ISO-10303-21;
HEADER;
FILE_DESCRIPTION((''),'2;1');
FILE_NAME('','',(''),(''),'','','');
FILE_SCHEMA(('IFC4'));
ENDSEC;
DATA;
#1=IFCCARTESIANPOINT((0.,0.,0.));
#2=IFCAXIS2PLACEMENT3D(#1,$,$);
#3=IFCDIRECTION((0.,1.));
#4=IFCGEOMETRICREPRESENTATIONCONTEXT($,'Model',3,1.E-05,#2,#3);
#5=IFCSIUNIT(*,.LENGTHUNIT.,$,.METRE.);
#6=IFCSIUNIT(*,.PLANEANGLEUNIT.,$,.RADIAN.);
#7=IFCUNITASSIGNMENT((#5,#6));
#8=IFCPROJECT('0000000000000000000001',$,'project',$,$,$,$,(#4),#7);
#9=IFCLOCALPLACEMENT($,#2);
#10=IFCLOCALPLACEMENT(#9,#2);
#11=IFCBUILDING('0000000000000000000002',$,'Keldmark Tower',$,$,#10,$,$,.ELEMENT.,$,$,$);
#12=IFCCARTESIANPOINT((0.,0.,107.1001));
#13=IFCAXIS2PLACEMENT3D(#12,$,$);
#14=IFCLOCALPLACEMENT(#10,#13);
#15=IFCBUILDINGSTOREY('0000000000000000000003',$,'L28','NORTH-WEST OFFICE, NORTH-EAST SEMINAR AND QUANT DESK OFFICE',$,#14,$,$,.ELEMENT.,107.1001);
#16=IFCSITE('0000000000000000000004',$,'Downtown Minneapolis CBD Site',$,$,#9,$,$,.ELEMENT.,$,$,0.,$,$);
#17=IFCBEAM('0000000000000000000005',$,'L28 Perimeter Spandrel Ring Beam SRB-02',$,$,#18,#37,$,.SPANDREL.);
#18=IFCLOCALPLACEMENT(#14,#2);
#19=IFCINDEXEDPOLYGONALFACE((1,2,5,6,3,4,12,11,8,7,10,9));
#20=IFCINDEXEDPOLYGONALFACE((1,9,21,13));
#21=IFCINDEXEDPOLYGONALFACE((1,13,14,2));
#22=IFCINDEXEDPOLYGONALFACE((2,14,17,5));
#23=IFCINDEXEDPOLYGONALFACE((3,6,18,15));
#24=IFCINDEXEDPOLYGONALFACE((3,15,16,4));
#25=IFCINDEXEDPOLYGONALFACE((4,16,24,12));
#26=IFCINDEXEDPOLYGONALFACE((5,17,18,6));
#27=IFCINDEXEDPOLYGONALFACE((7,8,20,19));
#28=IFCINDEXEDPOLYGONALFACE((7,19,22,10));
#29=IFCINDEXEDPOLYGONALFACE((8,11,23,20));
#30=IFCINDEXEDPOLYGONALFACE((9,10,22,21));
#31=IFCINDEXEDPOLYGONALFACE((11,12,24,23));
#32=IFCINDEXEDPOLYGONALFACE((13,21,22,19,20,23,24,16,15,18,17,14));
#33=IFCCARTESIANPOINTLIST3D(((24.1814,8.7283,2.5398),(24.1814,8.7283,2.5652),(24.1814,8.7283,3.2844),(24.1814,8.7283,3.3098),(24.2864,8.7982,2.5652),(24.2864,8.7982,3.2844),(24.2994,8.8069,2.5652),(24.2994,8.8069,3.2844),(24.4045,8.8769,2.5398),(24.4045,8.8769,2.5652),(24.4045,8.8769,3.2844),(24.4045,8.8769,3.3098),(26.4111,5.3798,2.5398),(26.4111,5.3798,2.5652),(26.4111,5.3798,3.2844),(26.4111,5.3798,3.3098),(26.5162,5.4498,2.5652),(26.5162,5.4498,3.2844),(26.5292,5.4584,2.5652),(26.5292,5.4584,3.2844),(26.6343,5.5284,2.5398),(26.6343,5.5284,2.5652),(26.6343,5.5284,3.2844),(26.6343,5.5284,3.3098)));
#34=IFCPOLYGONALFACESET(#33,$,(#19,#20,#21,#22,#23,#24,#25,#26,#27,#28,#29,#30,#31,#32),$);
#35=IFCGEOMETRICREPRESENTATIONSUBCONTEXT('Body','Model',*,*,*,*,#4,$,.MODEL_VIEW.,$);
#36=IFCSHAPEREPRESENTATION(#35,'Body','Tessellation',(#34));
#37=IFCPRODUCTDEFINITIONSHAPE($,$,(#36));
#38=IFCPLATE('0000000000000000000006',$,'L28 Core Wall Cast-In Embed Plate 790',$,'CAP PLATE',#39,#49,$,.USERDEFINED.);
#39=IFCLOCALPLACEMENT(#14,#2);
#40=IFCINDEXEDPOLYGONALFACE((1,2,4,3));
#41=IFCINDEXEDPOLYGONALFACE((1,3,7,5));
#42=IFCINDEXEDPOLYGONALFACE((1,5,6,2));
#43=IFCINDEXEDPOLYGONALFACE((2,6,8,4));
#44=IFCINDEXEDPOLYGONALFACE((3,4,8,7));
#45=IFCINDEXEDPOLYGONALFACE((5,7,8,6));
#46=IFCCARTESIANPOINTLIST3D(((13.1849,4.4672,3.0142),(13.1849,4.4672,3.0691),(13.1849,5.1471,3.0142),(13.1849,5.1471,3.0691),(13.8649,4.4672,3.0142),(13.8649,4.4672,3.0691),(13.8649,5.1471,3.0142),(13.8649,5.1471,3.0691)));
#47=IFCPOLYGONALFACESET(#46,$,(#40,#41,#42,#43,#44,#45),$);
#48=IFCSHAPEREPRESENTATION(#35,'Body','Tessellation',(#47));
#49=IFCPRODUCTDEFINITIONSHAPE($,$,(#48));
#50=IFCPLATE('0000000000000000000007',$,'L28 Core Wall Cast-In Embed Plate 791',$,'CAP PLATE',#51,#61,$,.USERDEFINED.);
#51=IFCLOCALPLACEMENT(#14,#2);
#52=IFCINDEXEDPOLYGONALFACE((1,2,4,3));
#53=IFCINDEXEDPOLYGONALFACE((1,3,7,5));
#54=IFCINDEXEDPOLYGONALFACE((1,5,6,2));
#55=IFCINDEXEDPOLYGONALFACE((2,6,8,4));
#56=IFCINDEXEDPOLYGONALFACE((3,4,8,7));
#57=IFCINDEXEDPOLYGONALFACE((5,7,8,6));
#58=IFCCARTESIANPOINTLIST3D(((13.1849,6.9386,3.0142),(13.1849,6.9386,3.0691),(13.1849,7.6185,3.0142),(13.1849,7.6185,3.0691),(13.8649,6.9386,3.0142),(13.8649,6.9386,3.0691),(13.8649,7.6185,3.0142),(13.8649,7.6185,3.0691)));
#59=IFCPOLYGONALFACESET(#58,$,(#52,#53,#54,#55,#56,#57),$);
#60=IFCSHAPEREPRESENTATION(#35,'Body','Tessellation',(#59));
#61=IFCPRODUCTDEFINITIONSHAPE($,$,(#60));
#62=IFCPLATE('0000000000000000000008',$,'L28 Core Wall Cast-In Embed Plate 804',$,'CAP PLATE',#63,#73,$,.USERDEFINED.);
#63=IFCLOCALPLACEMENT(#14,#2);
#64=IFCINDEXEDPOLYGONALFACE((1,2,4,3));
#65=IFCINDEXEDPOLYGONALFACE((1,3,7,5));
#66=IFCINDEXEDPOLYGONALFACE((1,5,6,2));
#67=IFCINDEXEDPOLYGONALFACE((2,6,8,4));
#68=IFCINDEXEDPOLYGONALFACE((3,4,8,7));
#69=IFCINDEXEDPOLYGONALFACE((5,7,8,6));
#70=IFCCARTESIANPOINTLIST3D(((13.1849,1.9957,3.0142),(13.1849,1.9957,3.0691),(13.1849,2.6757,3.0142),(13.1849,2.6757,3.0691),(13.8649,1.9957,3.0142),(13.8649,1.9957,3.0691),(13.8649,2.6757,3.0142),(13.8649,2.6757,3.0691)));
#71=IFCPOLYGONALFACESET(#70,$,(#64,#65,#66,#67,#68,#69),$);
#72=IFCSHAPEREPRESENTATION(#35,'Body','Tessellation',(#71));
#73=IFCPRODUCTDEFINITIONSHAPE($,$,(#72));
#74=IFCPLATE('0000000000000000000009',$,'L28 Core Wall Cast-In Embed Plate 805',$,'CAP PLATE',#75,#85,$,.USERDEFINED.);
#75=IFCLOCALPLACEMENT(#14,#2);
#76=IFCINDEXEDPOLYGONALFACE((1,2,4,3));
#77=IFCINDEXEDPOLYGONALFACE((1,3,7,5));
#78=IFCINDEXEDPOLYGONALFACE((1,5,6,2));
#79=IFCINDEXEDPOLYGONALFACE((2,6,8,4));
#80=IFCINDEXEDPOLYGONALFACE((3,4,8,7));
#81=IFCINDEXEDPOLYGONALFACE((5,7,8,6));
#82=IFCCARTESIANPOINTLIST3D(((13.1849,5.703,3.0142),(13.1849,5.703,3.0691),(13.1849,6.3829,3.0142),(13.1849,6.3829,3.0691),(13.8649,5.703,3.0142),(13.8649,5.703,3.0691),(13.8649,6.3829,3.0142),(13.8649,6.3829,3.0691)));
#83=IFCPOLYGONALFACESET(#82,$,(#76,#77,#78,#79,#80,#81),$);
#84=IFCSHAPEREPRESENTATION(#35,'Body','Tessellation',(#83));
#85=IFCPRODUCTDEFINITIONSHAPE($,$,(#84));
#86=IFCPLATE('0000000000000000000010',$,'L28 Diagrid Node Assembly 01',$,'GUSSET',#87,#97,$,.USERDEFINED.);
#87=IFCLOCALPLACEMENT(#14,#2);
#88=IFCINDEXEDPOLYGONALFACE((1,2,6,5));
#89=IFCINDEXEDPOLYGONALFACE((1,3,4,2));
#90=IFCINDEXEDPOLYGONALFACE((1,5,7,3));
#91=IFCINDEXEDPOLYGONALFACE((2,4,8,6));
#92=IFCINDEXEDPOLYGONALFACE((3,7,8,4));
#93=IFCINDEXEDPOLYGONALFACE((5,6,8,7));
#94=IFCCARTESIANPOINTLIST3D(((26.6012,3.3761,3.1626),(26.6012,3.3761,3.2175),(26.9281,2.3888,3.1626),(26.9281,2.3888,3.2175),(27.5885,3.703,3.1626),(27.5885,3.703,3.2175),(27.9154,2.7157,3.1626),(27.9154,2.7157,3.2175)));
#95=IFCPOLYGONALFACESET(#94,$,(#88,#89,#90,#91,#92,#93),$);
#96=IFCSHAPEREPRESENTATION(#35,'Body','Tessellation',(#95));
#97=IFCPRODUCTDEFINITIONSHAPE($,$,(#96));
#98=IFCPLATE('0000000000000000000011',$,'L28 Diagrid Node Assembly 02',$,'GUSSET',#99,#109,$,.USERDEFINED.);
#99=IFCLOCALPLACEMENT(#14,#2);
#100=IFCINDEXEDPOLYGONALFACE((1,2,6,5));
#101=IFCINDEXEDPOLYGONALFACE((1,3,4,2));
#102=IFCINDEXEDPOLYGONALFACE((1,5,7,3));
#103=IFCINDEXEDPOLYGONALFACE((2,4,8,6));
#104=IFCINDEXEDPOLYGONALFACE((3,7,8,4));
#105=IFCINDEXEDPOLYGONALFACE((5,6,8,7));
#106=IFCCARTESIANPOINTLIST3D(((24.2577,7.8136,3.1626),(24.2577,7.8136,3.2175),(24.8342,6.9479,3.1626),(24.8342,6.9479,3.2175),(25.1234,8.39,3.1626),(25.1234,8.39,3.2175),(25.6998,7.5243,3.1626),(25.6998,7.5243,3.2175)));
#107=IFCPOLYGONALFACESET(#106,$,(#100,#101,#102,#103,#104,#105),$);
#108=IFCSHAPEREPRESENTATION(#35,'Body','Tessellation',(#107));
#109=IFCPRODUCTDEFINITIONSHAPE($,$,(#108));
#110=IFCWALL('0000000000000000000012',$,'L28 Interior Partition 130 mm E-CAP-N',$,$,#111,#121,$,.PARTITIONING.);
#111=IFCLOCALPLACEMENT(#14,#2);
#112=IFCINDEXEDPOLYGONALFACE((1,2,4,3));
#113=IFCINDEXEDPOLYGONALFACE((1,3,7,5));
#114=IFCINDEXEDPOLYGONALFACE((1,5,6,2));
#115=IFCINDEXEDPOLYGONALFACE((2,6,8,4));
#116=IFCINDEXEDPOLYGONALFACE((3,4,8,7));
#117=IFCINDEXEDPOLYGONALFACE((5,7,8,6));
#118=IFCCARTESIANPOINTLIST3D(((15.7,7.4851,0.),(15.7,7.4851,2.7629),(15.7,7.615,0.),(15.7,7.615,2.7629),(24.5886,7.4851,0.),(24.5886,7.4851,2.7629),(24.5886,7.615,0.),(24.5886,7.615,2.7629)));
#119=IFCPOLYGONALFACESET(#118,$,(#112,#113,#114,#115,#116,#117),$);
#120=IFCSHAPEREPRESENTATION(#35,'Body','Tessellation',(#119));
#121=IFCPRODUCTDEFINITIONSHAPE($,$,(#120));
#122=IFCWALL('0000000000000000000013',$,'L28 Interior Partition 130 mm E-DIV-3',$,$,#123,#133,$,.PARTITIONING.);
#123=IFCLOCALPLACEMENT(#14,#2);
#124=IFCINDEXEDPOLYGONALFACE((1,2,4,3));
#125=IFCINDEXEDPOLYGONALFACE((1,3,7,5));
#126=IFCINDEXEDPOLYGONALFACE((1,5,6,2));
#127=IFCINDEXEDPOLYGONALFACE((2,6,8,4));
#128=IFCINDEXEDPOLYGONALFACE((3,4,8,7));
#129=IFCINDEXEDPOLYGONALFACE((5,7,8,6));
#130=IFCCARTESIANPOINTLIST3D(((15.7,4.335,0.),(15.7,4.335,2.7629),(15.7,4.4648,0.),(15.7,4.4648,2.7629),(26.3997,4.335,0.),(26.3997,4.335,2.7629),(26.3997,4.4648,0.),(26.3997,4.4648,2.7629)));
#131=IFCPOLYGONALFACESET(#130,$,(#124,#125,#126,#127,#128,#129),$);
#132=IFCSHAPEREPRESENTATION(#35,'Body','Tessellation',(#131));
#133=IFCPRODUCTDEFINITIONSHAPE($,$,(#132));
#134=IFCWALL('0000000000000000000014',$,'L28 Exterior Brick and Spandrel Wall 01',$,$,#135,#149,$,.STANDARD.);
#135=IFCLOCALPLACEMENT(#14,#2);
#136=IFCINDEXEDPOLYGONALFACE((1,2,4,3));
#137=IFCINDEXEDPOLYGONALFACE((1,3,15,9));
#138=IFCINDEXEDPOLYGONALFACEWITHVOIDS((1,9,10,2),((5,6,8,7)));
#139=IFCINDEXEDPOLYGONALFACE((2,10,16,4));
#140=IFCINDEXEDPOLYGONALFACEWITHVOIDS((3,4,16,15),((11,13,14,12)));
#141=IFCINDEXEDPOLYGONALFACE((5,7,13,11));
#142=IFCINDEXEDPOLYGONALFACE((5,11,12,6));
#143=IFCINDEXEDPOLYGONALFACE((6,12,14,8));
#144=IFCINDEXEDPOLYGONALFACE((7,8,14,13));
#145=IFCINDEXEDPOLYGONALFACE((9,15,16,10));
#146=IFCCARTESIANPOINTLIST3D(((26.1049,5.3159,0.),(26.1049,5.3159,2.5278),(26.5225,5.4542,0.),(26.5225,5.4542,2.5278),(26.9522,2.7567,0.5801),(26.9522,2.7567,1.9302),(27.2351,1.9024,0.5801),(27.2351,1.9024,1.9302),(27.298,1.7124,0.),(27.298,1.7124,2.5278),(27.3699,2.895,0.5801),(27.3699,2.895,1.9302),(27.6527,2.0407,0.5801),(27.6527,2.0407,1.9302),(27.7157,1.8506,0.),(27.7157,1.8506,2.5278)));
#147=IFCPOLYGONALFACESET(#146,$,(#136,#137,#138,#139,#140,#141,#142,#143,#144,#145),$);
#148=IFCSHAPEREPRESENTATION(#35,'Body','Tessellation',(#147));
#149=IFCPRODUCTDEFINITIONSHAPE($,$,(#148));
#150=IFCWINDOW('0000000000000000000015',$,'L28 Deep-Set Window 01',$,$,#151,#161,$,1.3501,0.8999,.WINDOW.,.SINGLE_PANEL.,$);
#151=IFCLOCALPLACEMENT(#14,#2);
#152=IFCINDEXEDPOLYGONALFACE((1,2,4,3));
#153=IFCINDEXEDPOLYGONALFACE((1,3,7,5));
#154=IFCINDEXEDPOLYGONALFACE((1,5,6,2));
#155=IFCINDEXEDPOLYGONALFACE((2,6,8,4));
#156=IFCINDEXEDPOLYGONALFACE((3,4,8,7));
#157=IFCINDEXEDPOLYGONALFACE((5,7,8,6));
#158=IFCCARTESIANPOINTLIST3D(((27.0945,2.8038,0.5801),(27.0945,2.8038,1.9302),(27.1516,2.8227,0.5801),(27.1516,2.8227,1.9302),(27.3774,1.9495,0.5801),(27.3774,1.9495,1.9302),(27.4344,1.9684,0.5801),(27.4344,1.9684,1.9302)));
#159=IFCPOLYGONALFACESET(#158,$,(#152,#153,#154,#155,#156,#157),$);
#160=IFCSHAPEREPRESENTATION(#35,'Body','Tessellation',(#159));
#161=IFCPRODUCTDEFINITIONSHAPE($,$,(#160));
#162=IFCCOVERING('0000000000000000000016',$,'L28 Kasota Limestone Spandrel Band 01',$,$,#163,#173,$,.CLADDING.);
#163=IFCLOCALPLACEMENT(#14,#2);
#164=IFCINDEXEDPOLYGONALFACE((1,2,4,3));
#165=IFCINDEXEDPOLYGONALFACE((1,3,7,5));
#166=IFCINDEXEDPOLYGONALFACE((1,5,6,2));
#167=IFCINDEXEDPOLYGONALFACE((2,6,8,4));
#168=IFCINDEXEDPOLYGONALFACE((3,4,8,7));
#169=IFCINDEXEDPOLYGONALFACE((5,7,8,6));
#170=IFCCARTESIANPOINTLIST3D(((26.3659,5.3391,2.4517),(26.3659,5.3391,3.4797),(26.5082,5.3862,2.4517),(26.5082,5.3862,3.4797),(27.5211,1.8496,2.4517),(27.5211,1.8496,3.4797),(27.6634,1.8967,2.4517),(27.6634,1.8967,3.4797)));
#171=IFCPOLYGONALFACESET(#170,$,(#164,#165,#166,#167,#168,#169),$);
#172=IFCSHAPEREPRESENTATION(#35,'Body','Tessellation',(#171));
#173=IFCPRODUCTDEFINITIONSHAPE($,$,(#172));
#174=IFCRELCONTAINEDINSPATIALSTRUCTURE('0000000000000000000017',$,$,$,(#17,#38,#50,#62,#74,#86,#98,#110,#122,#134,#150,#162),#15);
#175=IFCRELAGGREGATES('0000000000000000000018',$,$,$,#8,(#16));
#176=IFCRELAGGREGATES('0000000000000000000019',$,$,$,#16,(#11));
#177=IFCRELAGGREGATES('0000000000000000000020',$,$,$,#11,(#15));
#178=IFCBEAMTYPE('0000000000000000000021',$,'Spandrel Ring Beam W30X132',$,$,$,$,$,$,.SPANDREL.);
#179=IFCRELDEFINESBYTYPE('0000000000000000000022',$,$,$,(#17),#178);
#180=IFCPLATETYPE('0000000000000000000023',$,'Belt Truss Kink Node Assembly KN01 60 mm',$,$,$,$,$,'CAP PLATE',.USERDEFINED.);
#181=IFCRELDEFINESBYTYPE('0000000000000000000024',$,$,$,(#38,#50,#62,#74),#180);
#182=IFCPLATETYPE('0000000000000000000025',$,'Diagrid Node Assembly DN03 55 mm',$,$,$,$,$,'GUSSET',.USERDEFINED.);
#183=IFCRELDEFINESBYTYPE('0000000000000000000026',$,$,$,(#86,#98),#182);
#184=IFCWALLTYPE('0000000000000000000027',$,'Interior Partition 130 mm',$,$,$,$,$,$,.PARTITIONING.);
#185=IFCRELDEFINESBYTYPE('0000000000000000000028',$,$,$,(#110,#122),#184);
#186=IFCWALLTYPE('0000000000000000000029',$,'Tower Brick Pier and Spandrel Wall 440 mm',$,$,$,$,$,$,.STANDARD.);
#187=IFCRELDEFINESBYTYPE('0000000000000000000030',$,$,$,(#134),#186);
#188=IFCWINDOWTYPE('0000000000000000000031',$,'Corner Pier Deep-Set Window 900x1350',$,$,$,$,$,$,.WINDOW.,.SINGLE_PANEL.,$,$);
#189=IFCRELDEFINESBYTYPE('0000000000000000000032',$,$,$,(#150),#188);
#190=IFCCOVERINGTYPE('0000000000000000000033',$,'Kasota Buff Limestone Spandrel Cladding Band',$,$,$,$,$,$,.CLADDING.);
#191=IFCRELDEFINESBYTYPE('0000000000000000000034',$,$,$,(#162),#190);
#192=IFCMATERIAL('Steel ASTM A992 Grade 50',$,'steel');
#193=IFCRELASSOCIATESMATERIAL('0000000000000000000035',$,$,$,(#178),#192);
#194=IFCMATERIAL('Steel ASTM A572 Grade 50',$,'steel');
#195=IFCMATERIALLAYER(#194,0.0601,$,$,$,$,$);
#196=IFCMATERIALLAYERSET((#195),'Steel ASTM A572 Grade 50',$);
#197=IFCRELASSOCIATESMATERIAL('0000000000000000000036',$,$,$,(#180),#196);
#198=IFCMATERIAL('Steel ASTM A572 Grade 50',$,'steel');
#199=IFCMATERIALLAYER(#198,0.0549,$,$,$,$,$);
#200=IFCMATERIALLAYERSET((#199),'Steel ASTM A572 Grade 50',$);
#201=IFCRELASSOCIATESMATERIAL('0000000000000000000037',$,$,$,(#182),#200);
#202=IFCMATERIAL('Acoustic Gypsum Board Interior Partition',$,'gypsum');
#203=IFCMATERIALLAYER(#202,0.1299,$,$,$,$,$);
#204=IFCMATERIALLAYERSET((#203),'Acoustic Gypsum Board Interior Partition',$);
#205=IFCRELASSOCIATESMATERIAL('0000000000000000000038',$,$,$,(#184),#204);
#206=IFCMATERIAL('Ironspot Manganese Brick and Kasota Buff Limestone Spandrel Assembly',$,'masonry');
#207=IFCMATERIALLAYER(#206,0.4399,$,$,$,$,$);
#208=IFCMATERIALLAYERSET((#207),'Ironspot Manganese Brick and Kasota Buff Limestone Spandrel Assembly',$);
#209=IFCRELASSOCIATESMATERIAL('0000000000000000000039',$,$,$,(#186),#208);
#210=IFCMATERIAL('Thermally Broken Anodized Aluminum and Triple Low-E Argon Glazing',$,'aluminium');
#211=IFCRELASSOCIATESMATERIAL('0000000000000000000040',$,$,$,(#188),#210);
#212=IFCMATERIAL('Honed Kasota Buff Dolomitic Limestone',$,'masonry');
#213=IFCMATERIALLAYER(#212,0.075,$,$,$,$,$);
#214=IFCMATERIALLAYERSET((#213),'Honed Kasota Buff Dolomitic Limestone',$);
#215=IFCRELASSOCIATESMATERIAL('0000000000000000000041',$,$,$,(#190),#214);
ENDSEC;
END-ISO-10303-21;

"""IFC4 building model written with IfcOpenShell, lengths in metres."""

from ifc_helpers import new_model, si_unit, direction, frame, frame_2d, origin, origin_2d, place, context, subcontext, project, spatial, rectangle, i_section, extrude, material, layer, layer_set, material_profile, profile_set, type_object, element, fill, save


model = new_model("IFC4")

# Units and contexts
model_context = context("Model", 3, precision=1e-05, world=origin(), true_north=direction((0.0, 1.0)))
body_context = subcontext(model_context, "Body", "Model", "MODEL_VIEW")
ifc_project = project(units=[si_unit("LENGTHUNIT", "METRE"), si_unit("PLANEANGLEUNIT", "RADIAN")], contexts=[model_context])

# Site, building, storey
site_placement = place(None, origin())
site = spatial("IfcSite", under=ifc_project, at=site_placement, Name="Downtown Minneapolis CBD Site", CompositionType="ELEMENT", RefElevation=0.0)
building_placement = place(site_placement, origin())
building = spatial("IfcBuilding", under=site, at=building_placement, Name="Keldmark Tower", CompositionType="ELEMENT")
storey_placement = place(building_placement, frame((0.0, 0.0, 107.1001)))
storey = spatial("IfcBuildingStorey", under=building, at=storey_placement, Name="L28", Description="NORTH-WEST OFFICE, NORTH-EAST SEMINAR AND QUANT DESK OFFICE", CompositionType="ELEMENT", Elevation=107.1001)

# Beam
ifc_material_1 = material(Name="Steel ASTM A992 Grade 50", Category="steel")
ifc_material_profile_1 = material_profile(ifc_material_1, i_section(OverallWidth=0.2681, OverallDepth=0.77, WebThickness=0.0156, FlangeThickness=0.0254, at=origin_2d()), Name="W30X132")
ifc_profile_set_1 = profile_set([ifc_material_profile_1], Name="Steel ASTM A992 Grade 50")
beam_type_1 = type_object("IfcBeamType", Name="Spandrel Ring Beam W30X132", PredefinedType="SPANDREL", material=ifc_profile_set_1)
beam_1_placement = place(storey_placement, frame((26.5227, 5.4541, 2.9248), z_axis=(-0.554266, 0.83234, 0.0), x_axis=(-0.83234, -0.554266, 0.0)))
element("IfcBeam", 1, at=beam_1_placement, inside=storey, type_object=beam_type_1, Name="L28 Perimeter Spandrel Ring Beam SRB-02", PredefinedType="SPANDREL", context=body_context, shape_type="SweptSolid", body=[
    extrude(i_section(OverallWidth=0.2681, OverallDepth=0.77, WebThickness=0.0156, FlangeThickness=0.0254, at=origin_2d()), origin(), (0.0, 0.0, 1.0), 4.0229),
])

# Plates
ifc_material_2 = material(Name="Steel ASTM A572 Grade 50", Category="steel")
ifc_layer_1 = layer(ifc_material_2, 0.0601)
ifc_layer_set_1 = layer_set([ifc_layer_1], Name="Steel ASTM A572 Grade 50")
plate_type_1 = type_object("IfcPlateType", Name="Belt Truss Kink Node Assembly KN01 60 mm", ElementType="CAP PLATE", PredefinedType="USERDEFINED", material=ifc_layer_set_1)
for number, where, z_axis, x_axis, name in (
    (2, (13.5249, 4.8071, 3.0142), (0.0, 0.0, 1.0), (1.0, 0.0, 0.0), "L28 Core Wall Cast-In Embed Plate 790"),
    (3, (13.5249, 7.2786, 3.0142), (0.0, 0.0, 1.0), (1.0, 0.0, 0.0), "L28 Core Wall Cast-In Embed Plate 791"),
    (4, (13.5249, 2.3357, 3.0142), (0.0, 0.0, 1.0), (1.0, 0.0, 0.0), "L28 Core Wall Cast-In Embed Plate 804"),
    (5, (13.5249, 6.043, 3.0142), (0.0, 0.0, 1.0), (1.0, 0.0, 0.0), "L28 Core Wall Cast-In Embed Plate 805"),
):
    element("IfcPlate", number, at=place(storey_placement, frame(where, z_axis=z_axis, x_axis=x_axis)), inside=storey, type_object=plate_type_1, Name=name, ObjectType="CAP PLATE", PredefinedType="USERDEFINED", context=body_context, shape_type="SweptSolid", body=[
        extrude(rectangle(XDim=0.6799, YDim=0.6799, at=origin_2d()), origin(), (0.0, 0.0, 1.0), 0.0549),
    ])
ifc_material_3 = material(Name="Steel ASTM A572 Grade 50", Category="steel")
ifc_layer_2 = layer(ifc_material_3, 0.0549)
ifc_layer_set_2 = layer_set([ifc_layer_2], Name="Steel ASTM A572 Grade 50")
plate_type_2 = type_object("IfcPlateType", Name="Diagrid Node Assembly DN03 55 mm", ElementType="GUSSET", PredefinedType="USERDEFINED", material=ifc_layer_set_2)
for number, where, z_axis, x_axis, name in (
    (6, (27.2583, 3.0459, 3.1626), (0.0, 0.0, 1.0), (-0.314324, 0.949316, 0.0), "L28 Diagrid Node Assembly 01"),
    (7, (24.9788, 7.6689, 3.1626), (0.0, 0.0, 1.0), (-0.554263, 0.832341, 0.0), "L28 Diagrid Node Assembly 02"),
):
    element("IfcPlate", number, at=place(storey_placement, frame(where, z_axis=z_axis, x_axis=x_axis)), inside=storey, type_object=plate_type_2, Name=name, ObjectType="GUSSET", PredefinedType="USERDEFINED", context=body_context, shape_type="SweptSolid", body=[
        extrude(rectangle(XDim=1.04, YDim=1.04, at=origin_2d()), origin(), (0.0, 0.0, 1.0), 0.0549),
    ])

# Walls
ifc_material_4 = material(Name="Acoustic Gypsum Board Interior Partition", Category="gypsum")
ifc_layer_3 = layer(ifc_material_4, 0.1299)
ifc_layer_set_3 = layer_set([ifc_layer_3], Name="Acoustic Gypsum Board Interior Partition")
wall_type_1 = type_object("IfcWallType", Name="Interior Partition 130 mm", PredefinedType="PARTITIONING", material=ifc_layer_set_3)
wall_1_placement = place(storey_placement, frame((15.7, 7.55, 0.0), z_axis=(0.0, 0.0, 1.0), x_axis=(1.0, 0.0, 0.0)))
element("IfcWall", 8, at=wall_1_placement, inside=storey, type_object=wall_type_1, Name="L28 Interior Partition 130 mm E-CAP-N", PredefinedType="PARTITIONING", context=body_context, shape_type="SweptSolid", body=[
    extrude(rectangle(XDim=8.8887, YDim=0.1299, at=frame_2d((4.4443, 0.0))), origin(), (0.0, 0.0, 1.0), 2.7629),
])
wall_2_placement = place(storey_placement, frame((15.7, 4.3999, 0.0), z_axis=(0.0, 0.0, 1.0), x_axis=(1.0, 0.0, 0.0)))
element("IfcWall", 9, at=wall_2_placement, inside=storey, type_object=wall_type_1, Name="L28 Interior Partition 130 mm E-DIV-3", PredefinedType="PARTITIONING", context=body_context, shape_type="SweptSolid", body=[
    extrude(rectangle(XDim=10.6997, YDim=0.1299, at=frame_2d((5.3499, 0.0))), origin(), (0.0, 0.0, 1.0), 2.7629),
])

# Wall, opening, window
ifc_material_5 = material(Name="Ironspot Manganese Brick and Kasota Buff Limestone Spandrel Assembly", Category="masonry")
ifc_layer_4 = layer(ifc_material_5, 0.4399)
ifc_layer_set_4 = layer_set([ifc_layer_4], Name="Ironspot Manganese Brick and Kasota Buff Limestone Spandrel Assembly")
wall_type_2 = type_object("IfcWallType", Name="Tower Brick Pier and Spandrel Wall 440 mm", PredefinedType="STANDARD", material=ifc_layer_set_4)
wall_3_placement = place(storey_placement, frame((26.3137, 5.385, 0.0), z_axis=(0.0, 0.0, 1.0), x_axis=(0.314317, -0.949318, 0.0)))
wall_3 = element("IfcWall", 10, at=wall_3_placement, inside=storey, type_object=wall_type_2, Name="L28 Exterior Brick and Spandrel Wall 01", PredefinedType="STANDARD", context=body_context, shape_type="SweptSolid", body=[
    extrude(rectangle(XDim=3.7959, YDim=0.4399, at=frame_2d((1.8979, 0.0))), origin(), (0.0, 0.0, 1.0), 2.5278),
])
opening_1_placement = place(wall_3_placement, frame((2.6958, 0.0, 0.5801)))
opening_1 = element("IfcOpeningElement", 11, at=opening_1_placement, cuts=wall_3, PredefinedType="OPENING", context=body_context, shape_type="SweptSolid", body=[
    extrude(rectangle(XDim=0.8999, YDim=1.3501, at=frame_2d((0.45, 0.675))), frame((0.0, 0.23, 0.0), z_axis=(0.0, -1.0, 0.0), x_axis=(1.0, 0.0, 0.0)), (0.0, 0.0, 1.0), 0.46),
])
ifc_material_6 = material(Name="Thermally Broken Anodized Aluminum and Triple Low-E Argon Glazing", Category="aluminium")
window_type = type_object("IfcWindowType", Name="Corner Pier Deep-Set Window 900x1350", PartitioningType="SINGLE_PANEL", PredefinedType="WINDOW", material=ifc_material_6)
window_placement = place(opening_1_placement, origin())
window = element("IfcWindow", 12, at=window_placement, inside=storey, type_object=window_type, Name="L28 Deep-Set Window 01", OverallHeight=1.3501, OverallWidth=0.8999, PartitioningType="SINGLE_PANEL", PredefinedType="WINDOW", context=body_context, shape_type="SweptSolid", body=[
    extrude(rectangle(XDim=0.8999, YDim=1.3501, at=frame_2d((0.45, 0.675))), frame((0.0, -0.01, 0.0), z_axis=(0.0, -1.0, 0.0), x_axis=(1.0, 0.0, 0.0)), (0.0, 0.0, 1.0), 0.0601),
])
fill(opening_1, window)

# Covering
ifc_material_7 = material(Name="Honed Kasota Buff Dolomitic Limestone", Category="masonry")
ifc_layer_5 = layer(ifc_material_7, 0.075)
ifc_layer_set_5 = layer_set([ifc_layer_5], Name="Honed Kasota Buff Dolomitic Limestone")
covering_type = type_object("IfcCoveringType", Name="Kasota Buff Limestone Spandrel Cladding Band", PredefinedType="CLADDING", material=ifc_layer_set_5)
covering_placement = place(storey_placement, frame((27.0146, 3.6179, 2.4517), z_axis=(0.0, 0.0, 1.0), x_axis=(-0.314291, 0.949327, 0.0)))
element("IfcCovering", 13, at=covering_placement, inside=storey, type_object=covering_type, Name="L28 Kasota Limestone Spandrel Band 01", PredefinedType="CLADDING", context=body_context, shape_type="SweptSolid", body=[
    extrude(rectangle(XDim=3.6758, YDim=0.1499, at=origin_2d()), origin(), (0.0, 0.0, 1.0), 1.0281),
])

save(model, "model.ifc")
